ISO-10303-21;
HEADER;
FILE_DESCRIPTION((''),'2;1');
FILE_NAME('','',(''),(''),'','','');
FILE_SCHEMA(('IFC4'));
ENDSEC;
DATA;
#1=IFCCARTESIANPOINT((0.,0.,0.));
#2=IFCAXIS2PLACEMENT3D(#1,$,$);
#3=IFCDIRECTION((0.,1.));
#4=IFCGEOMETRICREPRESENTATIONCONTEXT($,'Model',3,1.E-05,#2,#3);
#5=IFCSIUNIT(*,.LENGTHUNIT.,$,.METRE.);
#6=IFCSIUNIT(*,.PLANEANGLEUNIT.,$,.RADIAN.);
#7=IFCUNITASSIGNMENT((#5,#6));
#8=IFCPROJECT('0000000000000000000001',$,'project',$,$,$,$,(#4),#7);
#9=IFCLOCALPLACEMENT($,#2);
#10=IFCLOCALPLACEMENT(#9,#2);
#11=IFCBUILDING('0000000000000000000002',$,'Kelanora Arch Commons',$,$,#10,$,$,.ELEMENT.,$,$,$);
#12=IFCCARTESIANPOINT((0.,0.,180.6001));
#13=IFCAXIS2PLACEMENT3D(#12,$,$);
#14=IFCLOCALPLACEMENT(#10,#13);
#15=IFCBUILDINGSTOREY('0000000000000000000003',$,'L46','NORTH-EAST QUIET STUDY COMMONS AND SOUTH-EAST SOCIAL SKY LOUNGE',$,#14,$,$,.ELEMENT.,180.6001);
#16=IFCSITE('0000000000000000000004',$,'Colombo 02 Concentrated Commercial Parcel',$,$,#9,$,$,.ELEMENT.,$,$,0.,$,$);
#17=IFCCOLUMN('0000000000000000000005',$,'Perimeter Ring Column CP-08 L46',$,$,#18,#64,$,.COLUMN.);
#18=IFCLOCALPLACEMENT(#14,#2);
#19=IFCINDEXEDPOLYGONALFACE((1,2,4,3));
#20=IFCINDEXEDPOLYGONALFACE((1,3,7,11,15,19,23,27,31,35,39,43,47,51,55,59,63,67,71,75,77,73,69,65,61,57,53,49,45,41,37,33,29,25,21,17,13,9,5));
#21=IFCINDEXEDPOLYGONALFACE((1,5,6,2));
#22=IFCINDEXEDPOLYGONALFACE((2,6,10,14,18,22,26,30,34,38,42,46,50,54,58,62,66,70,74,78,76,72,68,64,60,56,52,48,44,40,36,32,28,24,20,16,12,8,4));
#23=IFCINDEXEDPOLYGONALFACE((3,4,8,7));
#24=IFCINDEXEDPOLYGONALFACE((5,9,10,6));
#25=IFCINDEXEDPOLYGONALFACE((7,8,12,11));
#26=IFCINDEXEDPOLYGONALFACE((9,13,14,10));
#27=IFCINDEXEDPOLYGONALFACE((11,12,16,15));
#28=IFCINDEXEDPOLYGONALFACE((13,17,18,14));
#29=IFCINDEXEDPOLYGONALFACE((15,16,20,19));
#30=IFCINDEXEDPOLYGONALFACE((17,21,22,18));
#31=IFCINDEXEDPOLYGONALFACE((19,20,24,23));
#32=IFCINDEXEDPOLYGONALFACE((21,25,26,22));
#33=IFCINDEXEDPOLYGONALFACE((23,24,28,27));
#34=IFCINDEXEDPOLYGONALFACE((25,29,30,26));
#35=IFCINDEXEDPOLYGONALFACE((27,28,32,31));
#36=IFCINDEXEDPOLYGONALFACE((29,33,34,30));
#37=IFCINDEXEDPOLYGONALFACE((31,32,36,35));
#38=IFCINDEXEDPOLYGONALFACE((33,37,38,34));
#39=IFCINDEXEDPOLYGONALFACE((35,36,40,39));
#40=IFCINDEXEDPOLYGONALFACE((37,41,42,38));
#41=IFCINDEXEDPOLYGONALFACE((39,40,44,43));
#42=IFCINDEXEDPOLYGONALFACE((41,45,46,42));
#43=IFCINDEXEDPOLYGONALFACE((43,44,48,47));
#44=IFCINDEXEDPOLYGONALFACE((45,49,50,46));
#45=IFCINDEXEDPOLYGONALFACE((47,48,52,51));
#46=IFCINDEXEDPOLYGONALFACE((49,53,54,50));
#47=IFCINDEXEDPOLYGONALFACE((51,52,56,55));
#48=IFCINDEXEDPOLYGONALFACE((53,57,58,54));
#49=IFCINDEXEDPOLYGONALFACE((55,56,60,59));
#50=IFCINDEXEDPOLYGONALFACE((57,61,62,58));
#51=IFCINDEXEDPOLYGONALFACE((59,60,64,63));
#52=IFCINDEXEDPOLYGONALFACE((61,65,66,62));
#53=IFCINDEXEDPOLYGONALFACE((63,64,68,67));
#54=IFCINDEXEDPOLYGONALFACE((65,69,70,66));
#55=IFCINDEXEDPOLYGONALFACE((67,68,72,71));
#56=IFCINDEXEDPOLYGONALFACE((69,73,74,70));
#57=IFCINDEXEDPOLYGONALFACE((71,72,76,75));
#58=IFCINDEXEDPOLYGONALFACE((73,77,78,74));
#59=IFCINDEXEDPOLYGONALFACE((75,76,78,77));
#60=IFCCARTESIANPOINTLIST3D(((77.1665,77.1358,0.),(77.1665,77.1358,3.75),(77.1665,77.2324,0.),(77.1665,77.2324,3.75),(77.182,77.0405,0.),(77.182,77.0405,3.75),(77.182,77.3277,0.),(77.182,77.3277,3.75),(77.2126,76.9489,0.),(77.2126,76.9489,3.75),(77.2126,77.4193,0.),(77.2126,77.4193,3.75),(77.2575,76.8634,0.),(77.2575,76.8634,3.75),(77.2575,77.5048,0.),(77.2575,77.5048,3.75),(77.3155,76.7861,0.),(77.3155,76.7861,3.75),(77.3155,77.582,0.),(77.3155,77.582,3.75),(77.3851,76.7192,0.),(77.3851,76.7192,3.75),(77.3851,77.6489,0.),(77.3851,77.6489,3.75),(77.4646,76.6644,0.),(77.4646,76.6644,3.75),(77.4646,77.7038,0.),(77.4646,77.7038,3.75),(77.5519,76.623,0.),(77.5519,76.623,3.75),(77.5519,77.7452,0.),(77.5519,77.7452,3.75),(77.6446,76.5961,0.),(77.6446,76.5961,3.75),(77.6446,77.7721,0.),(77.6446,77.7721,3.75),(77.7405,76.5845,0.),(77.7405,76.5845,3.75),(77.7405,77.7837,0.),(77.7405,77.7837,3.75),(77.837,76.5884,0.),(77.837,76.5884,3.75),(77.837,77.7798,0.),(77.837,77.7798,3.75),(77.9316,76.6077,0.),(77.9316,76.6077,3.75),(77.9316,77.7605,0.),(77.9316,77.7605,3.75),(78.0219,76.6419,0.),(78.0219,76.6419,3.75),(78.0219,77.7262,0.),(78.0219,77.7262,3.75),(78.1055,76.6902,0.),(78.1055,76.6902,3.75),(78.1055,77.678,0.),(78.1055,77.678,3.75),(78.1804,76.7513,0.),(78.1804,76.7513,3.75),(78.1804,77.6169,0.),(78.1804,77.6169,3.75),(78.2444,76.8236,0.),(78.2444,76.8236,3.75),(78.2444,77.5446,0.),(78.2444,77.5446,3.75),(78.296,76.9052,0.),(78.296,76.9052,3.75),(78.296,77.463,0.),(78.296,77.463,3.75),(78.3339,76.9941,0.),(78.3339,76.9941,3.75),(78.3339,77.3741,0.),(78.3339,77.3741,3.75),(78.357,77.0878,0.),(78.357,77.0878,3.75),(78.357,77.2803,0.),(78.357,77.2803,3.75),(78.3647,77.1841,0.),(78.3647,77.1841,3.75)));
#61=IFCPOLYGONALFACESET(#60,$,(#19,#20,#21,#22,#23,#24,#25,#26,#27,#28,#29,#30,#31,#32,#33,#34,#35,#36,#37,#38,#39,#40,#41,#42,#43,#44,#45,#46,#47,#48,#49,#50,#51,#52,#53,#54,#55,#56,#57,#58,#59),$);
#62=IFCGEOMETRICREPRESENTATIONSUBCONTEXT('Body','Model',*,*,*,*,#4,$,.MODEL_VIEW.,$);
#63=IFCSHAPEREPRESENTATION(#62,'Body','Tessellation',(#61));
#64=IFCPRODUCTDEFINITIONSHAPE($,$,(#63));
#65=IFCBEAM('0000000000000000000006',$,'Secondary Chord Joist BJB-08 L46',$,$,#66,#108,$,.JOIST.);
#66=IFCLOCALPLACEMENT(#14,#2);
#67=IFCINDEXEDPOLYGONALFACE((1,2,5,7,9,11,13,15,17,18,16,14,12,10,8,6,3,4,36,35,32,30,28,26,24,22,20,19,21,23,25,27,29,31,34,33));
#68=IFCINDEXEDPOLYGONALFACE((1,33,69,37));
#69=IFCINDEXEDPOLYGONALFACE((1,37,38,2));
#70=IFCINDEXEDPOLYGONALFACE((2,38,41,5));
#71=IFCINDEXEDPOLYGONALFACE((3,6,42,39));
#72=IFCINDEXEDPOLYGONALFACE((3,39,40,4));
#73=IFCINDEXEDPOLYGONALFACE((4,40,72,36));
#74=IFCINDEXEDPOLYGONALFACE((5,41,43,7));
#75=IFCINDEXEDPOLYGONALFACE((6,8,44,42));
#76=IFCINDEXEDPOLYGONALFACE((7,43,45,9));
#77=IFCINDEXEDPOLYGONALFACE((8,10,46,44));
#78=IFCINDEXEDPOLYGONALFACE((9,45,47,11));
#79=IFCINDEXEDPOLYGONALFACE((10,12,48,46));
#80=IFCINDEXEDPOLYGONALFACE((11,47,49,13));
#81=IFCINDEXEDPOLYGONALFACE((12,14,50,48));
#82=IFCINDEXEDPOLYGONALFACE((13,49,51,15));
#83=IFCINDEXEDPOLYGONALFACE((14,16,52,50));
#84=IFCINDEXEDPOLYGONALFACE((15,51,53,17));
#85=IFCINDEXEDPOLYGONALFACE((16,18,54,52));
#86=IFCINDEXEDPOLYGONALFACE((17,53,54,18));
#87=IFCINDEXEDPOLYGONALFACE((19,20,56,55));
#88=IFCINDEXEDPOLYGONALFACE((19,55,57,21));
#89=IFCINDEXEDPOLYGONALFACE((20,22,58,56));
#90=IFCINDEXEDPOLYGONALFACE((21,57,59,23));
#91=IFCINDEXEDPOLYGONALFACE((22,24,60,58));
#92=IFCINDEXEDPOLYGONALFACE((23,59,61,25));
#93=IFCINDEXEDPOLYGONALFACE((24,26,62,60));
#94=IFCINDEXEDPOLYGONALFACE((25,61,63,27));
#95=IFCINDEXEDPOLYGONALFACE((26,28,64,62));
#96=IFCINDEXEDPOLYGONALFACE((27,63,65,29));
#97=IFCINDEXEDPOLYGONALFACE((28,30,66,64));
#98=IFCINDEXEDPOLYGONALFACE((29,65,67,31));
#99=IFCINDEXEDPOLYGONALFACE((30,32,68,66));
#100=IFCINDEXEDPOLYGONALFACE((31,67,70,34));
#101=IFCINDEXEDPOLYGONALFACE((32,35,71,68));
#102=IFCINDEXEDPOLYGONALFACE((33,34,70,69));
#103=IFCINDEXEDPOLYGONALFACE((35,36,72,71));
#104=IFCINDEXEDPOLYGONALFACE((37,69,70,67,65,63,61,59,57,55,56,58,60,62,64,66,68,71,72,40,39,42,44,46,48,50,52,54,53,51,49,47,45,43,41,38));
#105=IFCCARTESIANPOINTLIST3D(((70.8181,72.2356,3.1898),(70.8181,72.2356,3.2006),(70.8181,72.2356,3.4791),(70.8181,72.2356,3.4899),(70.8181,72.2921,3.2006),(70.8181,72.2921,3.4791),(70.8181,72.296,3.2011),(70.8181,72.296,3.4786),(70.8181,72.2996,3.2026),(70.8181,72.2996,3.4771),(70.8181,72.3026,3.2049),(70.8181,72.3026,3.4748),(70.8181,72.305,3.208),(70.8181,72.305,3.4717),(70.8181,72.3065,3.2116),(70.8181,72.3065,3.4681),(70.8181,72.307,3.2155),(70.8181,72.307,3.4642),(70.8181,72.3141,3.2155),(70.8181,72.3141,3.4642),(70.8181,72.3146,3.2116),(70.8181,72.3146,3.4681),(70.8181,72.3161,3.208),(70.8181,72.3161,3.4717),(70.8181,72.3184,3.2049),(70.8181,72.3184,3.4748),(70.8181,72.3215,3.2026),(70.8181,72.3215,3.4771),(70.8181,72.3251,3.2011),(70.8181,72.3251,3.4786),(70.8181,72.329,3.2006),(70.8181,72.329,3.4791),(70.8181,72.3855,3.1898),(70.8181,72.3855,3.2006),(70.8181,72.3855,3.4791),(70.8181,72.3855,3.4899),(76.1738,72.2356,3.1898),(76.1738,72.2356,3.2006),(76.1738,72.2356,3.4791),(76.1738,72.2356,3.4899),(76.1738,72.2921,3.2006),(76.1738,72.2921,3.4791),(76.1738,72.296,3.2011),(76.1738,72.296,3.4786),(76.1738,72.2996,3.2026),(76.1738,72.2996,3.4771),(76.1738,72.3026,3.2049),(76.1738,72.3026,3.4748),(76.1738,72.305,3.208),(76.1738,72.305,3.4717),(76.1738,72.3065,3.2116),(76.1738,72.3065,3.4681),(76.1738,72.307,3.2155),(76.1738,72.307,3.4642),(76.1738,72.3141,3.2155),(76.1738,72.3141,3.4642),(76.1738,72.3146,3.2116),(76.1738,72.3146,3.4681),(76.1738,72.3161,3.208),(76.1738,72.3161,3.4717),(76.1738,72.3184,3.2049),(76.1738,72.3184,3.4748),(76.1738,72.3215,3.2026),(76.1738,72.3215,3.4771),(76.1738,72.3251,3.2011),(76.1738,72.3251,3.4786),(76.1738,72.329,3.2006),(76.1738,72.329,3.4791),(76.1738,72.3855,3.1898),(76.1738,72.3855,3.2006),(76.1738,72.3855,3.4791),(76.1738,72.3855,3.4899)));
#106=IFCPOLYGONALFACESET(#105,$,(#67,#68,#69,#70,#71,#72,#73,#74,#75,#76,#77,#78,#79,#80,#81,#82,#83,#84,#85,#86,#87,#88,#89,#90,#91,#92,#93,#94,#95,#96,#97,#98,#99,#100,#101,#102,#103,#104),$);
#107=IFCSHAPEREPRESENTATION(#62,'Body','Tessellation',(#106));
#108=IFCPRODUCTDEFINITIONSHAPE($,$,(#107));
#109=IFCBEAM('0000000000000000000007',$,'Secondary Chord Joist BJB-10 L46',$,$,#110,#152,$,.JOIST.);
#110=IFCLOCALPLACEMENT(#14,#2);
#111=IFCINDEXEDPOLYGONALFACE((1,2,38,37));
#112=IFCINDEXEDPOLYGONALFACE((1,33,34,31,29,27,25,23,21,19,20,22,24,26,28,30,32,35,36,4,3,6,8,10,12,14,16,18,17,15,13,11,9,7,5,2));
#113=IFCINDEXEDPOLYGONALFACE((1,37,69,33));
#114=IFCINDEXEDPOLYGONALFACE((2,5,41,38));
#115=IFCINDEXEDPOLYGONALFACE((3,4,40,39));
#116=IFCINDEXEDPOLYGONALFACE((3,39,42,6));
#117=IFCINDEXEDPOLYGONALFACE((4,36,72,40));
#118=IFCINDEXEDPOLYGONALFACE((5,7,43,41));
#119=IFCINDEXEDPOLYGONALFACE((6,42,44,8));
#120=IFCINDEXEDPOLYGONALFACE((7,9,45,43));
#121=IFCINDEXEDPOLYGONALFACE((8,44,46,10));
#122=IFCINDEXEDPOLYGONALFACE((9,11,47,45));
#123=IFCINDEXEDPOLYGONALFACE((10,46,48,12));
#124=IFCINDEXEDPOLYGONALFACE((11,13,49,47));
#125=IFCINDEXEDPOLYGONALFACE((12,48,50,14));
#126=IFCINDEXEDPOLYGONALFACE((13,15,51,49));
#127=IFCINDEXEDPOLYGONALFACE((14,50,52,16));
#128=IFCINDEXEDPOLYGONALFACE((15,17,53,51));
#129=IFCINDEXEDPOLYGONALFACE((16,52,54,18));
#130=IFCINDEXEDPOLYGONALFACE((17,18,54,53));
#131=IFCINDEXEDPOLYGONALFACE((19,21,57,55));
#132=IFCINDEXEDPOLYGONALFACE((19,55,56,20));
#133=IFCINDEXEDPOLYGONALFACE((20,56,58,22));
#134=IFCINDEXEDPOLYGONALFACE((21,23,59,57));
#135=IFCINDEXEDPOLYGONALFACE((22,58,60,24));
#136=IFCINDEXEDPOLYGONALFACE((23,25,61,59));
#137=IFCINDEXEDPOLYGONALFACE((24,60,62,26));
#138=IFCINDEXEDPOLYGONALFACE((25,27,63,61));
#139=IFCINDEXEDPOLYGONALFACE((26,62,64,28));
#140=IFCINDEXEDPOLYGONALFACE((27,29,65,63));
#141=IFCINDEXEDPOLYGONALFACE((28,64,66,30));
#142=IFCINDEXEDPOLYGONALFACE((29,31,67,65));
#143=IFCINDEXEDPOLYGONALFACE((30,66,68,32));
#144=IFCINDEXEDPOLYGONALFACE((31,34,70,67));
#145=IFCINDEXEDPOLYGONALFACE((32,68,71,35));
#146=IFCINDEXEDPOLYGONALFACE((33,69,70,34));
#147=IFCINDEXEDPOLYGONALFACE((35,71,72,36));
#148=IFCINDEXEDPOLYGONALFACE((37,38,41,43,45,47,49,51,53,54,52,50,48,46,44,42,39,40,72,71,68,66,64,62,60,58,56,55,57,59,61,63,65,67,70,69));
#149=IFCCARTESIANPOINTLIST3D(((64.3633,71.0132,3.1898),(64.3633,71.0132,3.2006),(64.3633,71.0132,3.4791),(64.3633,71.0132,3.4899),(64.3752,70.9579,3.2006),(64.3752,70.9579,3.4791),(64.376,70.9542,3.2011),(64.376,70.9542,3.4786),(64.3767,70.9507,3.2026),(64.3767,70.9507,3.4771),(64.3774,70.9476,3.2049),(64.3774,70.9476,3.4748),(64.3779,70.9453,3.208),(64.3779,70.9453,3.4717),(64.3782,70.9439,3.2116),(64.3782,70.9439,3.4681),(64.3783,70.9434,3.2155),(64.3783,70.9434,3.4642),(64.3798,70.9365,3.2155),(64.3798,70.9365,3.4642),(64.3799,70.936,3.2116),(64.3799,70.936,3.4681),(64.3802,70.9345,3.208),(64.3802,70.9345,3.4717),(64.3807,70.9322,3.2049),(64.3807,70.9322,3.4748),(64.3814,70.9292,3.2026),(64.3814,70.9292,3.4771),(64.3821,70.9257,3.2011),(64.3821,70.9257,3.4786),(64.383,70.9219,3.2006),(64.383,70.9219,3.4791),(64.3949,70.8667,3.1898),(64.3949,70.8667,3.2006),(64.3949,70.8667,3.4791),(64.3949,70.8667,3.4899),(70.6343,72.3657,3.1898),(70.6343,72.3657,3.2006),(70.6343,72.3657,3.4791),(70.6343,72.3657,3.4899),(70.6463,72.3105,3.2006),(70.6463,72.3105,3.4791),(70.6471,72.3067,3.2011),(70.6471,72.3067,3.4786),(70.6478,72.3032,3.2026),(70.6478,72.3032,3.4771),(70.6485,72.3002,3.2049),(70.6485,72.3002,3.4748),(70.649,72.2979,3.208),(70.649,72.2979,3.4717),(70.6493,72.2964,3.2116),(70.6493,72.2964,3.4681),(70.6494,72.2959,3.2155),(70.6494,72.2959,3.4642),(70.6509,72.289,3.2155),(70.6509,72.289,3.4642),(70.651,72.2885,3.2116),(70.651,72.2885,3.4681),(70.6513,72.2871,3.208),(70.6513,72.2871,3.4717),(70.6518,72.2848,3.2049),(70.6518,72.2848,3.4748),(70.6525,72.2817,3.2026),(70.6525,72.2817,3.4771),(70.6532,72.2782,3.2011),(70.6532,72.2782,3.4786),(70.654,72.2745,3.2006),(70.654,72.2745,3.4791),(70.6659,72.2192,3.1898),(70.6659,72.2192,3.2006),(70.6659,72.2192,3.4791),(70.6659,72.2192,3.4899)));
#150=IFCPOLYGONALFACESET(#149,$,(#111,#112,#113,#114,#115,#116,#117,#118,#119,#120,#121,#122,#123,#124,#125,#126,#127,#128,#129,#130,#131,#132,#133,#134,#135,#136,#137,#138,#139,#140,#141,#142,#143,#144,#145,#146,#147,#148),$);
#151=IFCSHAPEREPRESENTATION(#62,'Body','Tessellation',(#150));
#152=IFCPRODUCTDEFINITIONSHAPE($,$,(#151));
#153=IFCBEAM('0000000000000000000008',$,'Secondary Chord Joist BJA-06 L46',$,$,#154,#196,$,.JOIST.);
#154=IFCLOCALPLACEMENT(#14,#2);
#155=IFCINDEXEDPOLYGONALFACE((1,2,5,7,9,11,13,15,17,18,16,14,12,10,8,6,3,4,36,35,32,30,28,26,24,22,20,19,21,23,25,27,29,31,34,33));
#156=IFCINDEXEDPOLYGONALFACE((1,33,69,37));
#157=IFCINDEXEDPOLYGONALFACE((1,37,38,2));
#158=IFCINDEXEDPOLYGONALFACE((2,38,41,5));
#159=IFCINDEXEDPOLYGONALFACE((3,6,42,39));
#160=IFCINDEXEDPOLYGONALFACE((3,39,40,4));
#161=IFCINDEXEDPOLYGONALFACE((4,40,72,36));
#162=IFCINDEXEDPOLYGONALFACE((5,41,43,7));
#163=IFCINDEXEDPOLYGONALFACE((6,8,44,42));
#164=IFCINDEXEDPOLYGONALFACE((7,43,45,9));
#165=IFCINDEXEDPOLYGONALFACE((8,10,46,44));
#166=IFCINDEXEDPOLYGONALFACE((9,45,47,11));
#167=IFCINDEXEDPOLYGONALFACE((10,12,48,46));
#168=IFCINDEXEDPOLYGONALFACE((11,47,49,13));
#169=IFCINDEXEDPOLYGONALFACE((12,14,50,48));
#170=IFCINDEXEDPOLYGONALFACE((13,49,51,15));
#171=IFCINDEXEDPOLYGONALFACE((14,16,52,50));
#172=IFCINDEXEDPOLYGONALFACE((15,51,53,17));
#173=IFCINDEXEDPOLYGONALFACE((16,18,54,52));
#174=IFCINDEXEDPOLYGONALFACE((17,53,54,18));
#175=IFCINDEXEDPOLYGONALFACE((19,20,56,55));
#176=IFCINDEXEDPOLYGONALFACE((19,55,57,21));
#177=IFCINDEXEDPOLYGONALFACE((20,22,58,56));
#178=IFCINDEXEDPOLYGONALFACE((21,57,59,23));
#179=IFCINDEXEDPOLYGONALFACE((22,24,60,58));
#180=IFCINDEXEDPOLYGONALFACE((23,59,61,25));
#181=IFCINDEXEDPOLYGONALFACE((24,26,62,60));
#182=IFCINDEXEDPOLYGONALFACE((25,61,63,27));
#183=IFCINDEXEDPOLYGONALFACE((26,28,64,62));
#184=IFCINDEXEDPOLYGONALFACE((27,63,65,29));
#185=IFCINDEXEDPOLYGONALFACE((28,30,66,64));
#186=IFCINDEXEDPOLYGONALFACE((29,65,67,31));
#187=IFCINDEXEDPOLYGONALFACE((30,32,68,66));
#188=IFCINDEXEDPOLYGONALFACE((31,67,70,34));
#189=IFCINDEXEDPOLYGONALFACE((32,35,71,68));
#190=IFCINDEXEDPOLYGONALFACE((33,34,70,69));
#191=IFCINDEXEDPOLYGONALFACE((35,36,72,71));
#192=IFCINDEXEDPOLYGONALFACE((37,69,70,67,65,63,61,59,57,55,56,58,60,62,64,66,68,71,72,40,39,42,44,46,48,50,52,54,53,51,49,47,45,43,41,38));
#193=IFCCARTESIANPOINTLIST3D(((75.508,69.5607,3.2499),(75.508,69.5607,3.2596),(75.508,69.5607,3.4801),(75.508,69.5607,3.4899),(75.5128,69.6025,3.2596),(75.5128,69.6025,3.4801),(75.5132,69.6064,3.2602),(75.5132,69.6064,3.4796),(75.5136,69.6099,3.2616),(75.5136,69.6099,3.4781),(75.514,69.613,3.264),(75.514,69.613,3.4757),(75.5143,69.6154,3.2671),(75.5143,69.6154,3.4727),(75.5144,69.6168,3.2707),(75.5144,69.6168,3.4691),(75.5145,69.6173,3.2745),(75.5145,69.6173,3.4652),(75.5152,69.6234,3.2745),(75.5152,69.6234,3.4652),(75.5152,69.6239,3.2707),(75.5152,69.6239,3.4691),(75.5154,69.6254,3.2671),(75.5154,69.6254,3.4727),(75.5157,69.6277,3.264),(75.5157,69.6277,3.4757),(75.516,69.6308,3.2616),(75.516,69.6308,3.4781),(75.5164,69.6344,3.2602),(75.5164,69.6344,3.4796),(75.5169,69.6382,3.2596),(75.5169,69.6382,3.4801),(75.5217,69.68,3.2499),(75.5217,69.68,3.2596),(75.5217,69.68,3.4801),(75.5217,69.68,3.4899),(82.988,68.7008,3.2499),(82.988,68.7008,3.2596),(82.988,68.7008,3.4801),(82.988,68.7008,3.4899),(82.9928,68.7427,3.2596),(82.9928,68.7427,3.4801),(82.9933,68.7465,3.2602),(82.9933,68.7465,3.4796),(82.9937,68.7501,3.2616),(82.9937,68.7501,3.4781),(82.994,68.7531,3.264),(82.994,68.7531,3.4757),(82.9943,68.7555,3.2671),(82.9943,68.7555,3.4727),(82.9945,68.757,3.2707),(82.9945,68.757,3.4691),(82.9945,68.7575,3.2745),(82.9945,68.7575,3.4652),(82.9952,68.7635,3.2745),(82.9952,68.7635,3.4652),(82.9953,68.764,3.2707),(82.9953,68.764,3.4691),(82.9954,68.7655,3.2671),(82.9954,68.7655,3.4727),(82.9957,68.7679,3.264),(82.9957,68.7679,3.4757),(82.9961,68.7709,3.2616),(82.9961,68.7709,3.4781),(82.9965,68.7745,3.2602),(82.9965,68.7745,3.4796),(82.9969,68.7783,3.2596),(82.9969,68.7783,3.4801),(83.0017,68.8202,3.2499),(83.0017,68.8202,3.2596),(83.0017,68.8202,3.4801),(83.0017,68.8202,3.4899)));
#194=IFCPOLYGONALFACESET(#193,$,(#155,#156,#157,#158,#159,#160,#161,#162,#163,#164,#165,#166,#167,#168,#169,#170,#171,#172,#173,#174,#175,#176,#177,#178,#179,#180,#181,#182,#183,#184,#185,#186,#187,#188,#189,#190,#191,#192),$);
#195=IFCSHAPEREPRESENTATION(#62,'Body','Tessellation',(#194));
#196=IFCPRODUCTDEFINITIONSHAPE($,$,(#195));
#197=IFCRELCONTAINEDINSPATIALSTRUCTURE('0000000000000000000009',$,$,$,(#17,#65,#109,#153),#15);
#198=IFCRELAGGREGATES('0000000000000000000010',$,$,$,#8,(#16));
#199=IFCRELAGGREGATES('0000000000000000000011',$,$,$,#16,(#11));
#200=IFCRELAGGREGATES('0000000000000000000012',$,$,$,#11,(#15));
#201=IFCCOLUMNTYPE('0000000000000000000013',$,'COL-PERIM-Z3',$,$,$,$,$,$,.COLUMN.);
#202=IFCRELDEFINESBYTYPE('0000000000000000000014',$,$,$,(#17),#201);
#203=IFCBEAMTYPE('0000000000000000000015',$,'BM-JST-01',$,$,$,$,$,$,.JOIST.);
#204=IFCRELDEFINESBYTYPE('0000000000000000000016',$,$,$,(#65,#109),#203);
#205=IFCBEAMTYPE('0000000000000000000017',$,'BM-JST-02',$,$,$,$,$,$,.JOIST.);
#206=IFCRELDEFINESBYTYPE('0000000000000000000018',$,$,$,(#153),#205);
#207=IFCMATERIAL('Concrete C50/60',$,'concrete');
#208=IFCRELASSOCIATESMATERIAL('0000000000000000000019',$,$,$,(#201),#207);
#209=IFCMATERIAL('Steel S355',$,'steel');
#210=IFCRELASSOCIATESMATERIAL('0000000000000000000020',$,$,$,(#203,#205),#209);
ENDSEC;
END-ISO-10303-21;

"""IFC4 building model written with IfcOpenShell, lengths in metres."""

from ifc_helpers import new_model, si_unit, direction, frame, origin, origin_2d, place, context, subcontext, project, spatial, circle, i_section, extrude, material, material_profile, profile_set, type_object, element, save


model = new_model("IFC4")

# Units and contexts
model_context = context("Model", 3, precision=1e-05, world=origin(), true_north=direction((0.0, 1.0)))
body_context = subcontext(model_context, "Body", "Model", "MODEL_VIEW")
ifc_project = project(units=[si_unit("LENGTHUNIT", "METRE"), si_unit("PLANEANGLEUNIT", "RADIAN")], contexts=[model_context])

# Site, building, storey
site_placement = place(None, origin())
site = spatial("IfcSite", under=ifc_project, at=site_placement, Name="Colombo 02 Concentrated Commercial Parcel", CompositionType="ELEMENT", RefElevation=0.0)
building_placement = place(site_placement, origin())
building = spatial("IfcBuilding", under=site, at=building_placement, Name="Kelanora Arch Commons", CompositionType="ELEMENT")
storey_placement = place(building_placement, frame((0.0, 0.0, 180.6001)))
storey = spatial("IfcBuildingStorey", under=building, at=storey_placement, Name="L46", Description="NORTH-EAST QUIET STUDY COMMONS AND SOUTH-EAST SOCIAL SKY LOUNGE", CompositionType="ELEMENT", Elevation=180.6001)

# Column
ifc_material_1 = material(Name="Concrete C50/60", Category="concrete")
ifc_material_profile_1 = material_profile(ifc_material_1, circle(Radius=0.6001, at=origin_2d()), Name="RCC1200")
ifc_profile_set_1 = profile_set([ifc_material_profile_1], Name="Concrete C50/60")
column_type = type_object("IfcColumnType", Name="COL-PERIM-Z3", PredefinedType="COLUMN", material=ifc_profile_set_1)
column_placement = place(storey_placement, frame((77.7646, 77.1841, 0.0), z_axis=(0.0, 0.0, 1.0), x_axis=(1.0, 0.0, 0.0)))
element("IfcColumn", 1, at=column_placement, inside=storey, type_object=column_type, Name="Perimeter Ring Column CP-08 L46", PredefinedType="COLUMN", context=body_context, shape_type="SweptSolid", body=[
    extrude(circle(Radius=0.6001, at=origin_2d()), origin(), (0.0, 0.0, 1.0), 3.75),
])

# Beams
ifc_material_2 = material(Name="Steel S355", Category="steel")
ifc_material_profile_2 = material_profile(ifc_material_2, i_section(OverallWidth=0.1499, OverallDepth=0.3, WebThickness=0.0071, FlangeThickness=0.0107, FilletRadius=0.0149, at=origin_2d()), Name="IPE300")
ifc_profile_set_2 = profile_set([ifc_material_profile_2], Name="Steel S355")
beam_type_1 = type_object("IfcBeamType", Name="BM-JST-01", PredefinedType="JOIST", material=ifc_profile_set_2)
beam_1_placement = place(storey_placement, frame((76.1738, 72.3105, 3.3398), z_axis=(-1.0, 0.0, 0.0), x_axis=(0.0, -1.0, 0.0)))
element("IfcBeam", 2, at=beam_1_placement, inside=storey, type_object=beam_type_1, Name="Secondary Chord Joist BJB-08 L46", PredefinedType="JOIST", context=body_context, shape_type="SweptSolid", body=[
    extrude(i_section(OverallWidth=0.1499, OverallDepth=0.3, WebThickness=0.0071, FlangeThickness=0.0107, FilletRadius=0.0149, at=origin_2d()), origin(), (0.0, 0.0, 1.0), 5.3557),
])
beam_2_placement = place(storey_placement, frame((70.6501, 72.2925, 3.3398), z_axis=(-0.977522, -0.210834, 0.0), x_axis=(0.210834, -0.977522, 0.0)))
element("IfcBeam", 3, at=beam_2_placement, inside=storey, type_object=beam_type_1, Name="Secondary Chord Joist BJB-10 L46", PredefinedType="JOIST", context=body_context, shape_type="SweptSolid", body=[
    extrude(i_section(OverallWidth=0.1499, OverallDepth=0.3, WebThickness=0.0071, FlangeThickness=0.0107, FilletRadius=0.0149, at=origin_2d()), origin(), (0.0, 0.0, 1.0), 6.4153),
])
ifc_material_profile_3 = material_profile(ifc_material_2, i_section(OverallWidth=0.1201, OverallDepth=0.24, WebThickness=0.0061, FlangeThickness=0.0098, FilletRadius=0.0149, at=origin_2d()), Name="IPE240")
ifc_profile_set_3 = profile_set([ifc_material_profile_3], Name="Steel S355")
beam_type_2 = type_object("IfcBeamType", Name="BM-JST-02", PredefinedType="JOIST", material=ifc_profile_set_3)
beam_3_placement = place(storey_placement, frame((82.9949, 68.7605, 3.3699), z_axis=(-0.993457, 0.114203, 0.0), x_axis=(-0.114203, -0.993457, 0.0)))
element("IfcBeam", 4, at=beam_3_placement, inside=storey, type_object=beam_type_2, Name="Secondary Chord Joist BJA-06 L46", PredefinedType="JOIST", context=body_context, shape_type="SweptSolid", body=[
    extrude(i_section(OverallWidth=0.1201, OverallDepth=0.24, WebThickness=0.0061, FlangeThickness=0.0098, FilletRadius=0.0149, at=origin_2d()), origin(), (0.0, 0.0, 1.0), 7.5293),
])

save(model, "model.ifc")
